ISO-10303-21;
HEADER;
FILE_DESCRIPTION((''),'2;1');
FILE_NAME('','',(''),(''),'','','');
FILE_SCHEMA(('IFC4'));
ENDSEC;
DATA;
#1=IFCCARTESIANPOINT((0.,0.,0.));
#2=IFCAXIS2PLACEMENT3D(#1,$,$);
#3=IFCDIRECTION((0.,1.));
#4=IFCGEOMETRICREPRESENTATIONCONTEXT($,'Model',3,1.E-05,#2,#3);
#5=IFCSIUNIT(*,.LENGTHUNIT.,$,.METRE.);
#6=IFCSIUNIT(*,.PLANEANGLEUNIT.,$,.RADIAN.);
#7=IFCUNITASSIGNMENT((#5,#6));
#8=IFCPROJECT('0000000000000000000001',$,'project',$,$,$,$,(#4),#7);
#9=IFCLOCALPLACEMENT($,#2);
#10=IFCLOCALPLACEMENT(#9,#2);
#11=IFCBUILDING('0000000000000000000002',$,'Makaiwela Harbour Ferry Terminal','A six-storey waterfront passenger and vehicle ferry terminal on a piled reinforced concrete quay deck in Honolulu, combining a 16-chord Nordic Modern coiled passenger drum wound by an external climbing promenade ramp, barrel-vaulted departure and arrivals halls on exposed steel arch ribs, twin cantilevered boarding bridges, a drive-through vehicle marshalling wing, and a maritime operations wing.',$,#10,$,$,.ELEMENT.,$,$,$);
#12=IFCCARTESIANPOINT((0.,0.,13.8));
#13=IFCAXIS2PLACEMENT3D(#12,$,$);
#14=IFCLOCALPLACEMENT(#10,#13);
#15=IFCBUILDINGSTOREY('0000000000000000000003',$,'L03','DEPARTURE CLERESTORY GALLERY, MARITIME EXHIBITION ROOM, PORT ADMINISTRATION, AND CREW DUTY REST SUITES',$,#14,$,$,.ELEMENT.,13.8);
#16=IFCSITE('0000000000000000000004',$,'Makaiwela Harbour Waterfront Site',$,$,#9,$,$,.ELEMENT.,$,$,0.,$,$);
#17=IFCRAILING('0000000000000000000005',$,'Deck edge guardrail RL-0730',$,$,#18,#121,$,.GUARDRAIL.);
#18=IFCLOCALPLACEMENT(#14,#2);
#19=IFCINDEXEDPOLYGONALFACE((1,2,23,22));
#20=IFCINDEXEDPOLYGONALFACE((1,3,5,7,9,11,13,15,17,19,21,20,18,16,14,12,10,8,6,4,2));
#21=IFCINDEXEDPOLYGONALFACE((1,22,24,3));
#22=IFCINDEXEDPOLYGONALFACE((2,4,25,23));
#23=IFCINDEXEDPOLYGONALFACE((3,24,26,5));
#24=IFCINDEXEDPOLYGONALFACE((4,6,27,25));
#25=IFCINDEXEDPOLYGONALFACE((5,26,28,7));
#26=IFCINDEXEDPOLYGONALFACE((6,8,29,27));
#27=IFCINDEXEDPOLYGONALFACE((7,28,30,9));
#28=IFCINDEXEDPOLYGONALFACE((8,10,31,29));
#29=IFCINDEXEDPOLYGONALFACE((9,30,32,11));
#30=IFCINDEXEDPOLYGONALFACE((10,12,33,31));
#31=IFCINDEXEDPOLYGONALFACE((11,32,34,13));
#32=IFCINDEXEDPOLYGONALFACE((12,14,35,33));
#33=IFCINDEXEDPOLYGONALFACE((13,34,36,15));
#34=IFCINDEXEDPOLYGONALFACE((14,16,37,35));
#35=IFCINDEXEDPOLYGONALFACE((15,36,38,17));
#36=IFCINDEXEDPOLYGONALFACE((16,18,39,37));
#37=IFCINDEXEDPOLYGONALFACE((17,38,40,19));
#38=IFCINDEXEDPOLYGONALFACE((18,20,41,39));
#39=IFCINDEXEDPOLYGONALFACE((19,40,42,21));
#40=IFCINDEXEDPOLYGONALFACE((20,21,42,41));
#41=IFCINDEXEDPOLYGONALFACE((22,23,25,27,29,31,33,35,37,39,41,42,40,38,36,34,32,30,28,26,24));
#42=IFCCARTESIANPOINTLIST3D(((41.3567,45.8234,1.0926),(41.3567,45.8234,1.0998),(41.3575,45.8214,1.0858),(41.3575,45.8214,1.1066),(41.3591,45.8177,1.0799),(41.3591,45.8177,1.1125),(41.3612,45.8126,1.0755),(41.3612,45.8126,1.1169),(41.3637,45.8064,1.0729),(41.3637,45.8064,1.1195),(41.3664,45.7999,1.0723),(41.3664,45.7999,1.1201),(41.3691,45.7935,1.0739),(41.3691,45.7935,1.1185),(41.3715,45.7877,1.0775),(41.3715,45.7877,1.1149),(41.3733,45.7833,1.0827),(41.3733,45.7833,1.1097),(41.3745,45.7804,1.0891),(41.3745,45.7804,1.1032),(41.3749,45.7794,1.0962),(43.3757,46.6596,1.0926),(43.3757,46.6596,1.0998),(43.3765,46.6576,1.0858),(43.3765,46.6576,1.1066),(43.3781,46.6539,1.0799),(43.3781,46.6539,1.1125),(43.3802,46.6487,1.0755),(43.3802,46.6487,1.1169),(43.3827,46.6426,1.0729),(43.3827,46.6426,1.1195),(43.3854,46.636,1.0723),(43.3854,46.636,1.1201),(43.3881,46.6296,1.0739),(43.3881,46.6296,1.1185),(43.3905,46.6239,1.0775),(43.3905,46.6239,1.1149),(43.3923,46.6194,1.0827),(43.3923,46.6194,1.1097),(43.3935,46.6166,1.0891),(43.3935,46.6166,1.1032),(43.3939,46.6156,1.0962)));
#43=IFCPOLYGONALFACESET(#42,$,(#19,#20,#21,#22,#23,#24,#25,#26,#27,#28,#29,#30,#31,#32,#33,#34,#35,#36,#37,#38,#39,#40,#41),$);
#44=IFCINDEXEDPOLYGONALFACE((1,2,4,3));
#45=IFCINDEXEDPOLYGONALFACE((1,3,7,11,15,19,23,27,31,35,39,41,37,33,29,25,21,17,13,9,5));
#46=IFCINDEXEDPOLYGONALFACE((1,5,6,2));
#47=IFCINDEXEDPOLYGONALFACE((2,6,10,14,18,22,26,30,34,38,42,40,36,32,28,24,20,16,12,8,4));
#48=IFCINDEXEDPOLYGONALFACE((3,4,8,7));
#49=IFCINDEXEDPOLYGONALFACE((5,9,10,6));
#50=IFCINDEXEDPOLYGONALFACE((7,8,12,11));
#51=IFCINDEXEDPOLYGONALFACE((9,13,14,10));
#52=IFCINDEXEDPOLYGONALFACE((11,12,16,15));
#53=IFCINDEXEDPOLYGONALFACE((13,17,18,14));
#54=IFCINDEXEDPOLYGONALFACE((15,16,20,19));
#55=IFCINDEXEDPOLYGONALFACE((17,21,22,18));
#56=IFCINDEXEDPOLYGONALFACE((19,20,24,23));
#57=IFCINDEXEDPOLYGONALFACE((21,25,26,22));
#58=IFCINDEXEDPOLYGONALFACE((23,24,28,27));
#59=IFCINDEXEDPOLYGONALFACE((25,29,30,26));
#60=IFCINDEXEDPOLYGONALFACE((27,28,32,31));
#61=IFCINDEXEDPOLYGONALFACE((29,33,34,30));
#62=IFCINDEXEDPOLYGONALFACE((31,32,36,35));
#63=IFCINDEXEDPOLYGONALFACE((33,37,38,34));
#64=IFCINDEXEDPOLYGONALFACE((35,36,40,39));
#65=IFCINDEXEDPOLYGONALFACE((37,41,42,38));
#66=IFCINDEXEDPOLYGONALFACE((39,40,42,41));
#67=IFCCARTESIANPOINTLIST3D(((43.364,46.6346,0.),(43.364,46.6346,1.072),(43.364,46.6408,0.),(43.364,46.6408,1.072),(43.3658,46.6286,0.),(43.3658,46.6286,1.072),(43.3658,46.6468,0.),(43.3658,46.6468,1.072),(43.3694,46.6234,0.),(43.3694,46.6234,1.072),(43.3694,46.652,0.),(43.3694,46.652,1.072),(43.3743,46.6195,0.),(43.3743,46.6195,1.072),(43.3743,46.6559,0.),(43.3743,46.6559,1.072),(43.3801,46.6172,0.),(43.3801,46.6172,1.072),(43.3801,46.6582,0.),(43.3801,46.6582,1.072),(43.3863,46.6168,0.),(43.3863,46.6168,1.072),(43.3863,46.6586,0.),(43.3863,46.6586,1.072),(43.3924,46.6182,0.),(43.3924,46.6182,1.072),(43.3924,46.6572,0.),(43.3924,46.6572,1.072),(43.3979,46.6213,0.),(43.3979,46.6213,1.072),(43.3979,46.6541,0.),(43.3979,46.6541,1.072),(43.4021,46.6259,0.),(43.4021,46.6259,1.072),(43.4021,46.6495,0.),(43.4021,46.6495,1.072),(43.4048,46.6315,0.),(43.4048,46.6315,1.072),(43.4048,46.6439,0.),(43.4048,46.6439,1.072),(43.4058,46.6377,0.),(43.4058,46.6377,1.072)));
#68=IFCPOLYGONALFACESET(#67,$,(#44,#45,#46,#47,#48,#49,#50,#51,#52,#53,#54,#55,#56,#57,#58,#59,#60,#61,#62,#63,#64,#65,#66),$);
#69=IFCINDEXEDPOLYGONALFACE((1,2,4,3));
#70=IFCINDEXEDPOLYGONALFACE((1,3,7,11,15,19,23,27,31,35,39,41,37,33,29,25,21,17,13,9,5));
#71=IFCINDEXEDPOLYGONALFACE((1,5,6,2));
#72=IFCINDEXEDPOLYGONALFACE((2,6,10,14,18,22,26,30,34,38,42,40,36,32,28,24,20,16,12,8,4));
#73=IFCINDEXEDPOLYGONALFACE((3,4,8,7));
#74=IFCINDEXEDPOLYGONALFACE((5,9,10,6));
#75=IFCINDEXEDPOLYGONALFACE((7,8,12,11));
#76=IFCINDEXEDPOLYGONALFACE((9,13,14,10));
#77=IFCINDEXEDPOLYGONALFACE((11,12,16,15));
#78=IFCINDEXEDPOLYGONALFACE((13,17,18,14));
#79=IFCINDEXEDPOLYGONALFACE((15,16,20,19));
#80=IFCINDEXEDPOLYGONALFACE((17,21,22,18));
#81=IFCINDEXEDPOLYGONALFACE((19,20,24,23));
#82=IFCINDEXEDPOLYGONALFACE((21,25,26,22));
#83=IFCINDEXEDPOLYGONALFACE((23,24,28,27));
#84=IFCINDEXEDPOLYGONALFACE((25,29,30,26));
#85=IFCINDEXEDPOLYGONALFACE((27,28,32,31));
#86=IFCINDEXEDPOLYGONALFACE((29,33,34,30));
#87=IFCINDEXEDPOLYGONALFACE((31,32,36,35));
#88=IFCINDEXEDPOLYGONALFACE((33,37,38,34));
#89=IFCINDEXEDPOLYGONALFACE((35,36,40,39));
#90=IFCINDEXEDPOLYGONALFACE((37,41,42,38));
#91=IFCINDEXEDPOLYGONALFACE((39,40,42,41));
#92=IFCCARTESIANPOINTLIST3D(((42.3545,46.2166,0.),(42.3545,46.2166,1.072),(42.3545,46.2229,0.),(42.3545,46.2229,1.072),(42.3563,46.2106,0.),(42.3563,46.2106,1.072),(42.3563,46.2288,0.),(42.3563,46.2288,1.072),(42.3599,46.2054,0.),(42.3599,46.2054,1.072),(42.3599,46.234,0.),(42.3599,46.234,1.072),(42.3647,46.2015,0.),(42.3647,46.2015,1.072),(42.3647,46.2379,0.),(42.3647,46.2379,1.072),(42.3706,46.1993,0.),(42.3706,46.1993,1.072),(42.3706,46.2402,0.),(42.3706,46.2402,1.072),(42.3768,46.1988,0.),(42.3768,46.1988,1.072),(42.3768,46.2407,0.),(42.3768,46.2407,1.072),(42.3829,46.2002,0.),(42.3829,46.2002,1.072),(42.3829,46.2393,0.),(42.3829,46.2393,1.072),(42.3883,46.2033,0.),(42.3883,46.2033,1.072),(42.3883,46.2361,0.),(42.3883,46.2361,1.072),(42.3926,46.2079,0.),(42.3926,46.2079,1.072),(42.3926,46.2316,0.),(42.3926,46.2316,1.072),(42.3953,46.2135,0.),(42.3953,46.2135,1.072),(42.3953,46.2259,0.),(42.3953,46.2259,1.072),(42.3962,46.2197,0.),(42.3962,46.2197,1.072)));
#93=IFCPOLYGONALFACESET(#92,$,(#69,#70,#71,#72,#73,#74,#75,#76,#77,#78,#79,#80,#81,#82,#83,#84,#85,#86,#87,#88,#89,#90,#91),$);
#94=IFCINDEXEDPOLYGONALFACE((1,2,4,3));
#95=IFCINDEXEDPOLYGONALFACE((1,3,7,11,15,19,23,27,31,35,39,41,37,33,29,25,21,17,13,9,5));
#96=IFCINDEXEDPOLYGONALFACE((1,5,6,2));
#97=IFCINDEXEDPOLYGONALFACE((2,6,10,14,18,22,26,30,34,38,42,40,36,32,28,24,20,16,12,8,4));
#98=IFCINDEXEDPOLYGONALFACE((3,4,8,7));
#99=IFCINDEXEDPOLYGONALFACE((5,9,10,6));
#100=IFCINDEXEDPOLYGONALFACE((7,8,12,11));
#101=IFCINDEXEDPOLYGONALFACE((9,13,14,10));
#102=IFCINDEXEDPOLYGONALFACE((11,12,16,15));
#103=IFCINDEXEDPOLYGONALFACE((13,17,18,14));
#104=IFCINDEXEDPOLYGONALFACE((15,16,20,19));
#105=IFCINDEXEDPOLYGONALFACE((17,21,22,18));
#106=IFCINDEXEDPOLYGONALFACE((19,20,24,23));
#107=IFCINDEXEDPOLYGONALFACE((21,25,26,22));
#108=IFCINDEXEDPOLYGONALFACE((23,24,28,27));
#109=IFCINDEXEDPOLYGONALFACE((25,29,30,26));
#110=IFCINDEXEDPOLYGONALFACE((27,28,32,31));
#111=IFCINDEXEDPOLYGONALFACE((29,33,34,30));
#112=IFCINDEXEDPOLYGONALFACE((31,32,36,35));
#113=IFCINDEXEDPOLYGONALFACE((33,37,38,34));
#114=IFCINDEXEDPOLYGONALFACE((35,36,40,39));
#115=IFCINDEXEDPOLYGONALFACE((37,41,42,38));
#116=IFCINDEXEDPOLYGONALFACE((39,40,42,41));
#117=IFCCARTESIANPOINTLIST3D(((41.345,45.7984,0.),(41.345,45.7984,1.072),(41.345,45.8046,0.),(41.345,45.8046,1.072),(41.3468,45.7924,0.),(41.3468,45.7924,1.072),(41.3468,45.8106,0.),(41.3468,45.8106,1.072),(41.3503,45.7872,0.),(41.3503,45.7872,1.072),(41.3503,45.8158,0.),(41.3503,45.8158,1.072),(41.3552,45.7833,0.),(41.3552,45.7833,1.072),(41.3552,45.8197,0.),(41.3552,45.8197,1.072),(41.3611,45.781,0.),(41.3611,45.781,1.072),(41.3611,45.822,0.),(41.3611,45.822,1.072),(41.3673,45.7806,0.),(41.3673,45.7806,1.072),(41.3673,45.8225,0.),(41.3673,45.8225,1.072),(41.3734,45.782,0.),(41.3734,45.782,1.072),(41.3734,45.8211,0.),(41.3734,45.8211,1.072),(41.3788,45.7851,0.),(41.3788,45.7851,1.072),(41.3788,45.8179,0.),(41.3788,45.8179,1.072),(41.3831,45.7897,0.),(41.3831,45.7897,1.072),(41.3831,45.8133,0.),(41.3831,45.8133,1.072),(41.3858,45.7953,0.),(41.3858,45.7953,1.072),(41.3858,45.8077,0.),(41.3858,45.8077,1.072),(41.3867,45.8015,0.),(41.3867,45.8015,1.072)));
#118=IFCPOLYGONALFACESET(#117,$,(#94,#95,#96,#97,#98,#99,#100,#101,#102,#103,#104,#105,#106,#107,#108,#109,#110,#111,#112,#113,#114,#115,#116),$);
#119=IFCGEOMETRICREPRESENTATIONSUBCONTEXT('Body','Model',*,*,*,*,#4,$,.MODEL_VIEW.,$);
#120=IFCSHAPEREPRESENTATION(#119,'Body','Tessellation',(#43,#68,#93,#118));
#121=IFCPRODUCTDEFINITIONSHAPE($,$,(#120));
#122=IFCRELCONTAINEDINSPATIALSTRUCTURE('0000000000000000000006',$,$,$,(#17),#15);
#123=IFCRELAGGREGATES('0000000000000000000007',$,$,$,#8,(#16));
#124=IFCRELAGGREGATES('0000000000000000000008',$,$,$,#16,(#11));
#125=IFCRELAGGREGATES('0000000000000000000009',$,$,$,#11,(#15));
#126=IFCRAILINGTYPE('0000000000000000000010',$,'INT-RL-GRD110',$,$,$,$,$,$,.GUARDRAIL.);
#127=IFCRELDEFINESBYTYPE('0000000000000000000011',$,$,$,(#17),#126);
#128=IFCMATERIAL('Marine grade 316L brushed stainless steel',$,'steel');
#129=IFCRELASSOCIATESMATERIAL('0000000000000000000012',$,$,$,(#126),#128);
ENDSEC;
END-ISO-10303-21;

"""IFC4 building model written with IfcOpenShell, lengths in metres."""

from ifc_helpers import new_model, si_unit, direction, frame, origin, origin_2d, place, context, subcontext, project, spatial, circle, extrude, material, type_object, element, save


model = new_model("IFC4")

# Units and contexts
model_context = context("Model", 3, precision=1e-05, world=origin(), true_north=direction((0.0, 1.0)))
body_context = subcontext(model_context, "Body", "Model", "MODEL_VIEW")
ifc_project = project(units=[si_unit("LENGTHUNIT", "METRE"), si_unit("PLANEANGLEUNIT", "RADIAN")], contexts=[model_context])

# Site, building, storey
site_placement = place(None, origin())
site = spatial("IfcSite", under=ifc_project, at=site_placement, Name="Makaiwela Harbour Waterfront Site", CompositionType="ELEMENT", RefElevation=0.0)
building_placement = place(site_placement, origin())
building = spatial("IfcBuilding", under=site, at=building_placement, Name="Makaiwela Harbour Ferry Terminal", Description="A six-storey waterfront passenger and vehicle ferry terminal on a piled reinforced concrete quay deck in Honolulu, combining a 16-chord Nordic Modern coiled passenger drum wound by an external climbing promenade ramp, barrel-vaulted departure and arrivals halls on exposed steel arch ribs, twin cantilevered boarding bridges, a drive-through vehicle marshalling wing, and a maritime operations wing.", CompositionType="ELEMENT")
storey_placement = place(building_placement, frame((0.0, 0.0, 13.8)))
storey = spatial("IfcBuildingStorey", under=building, at=storey_placement, Name="L03", Description="DEPARTURE CLERESTORY GALLERY, MARITIME EXHIBITION ROOM, PORT ADMINISTRATION, AND CREW DUTY REST SUITES", CompositionType="ELEMENT", Elevation=13.8)

# Railing
ifc_material_1 = material(Name="Marine grade 316L brushed stainless steel", Category="steel")
railing_type = type_object("IfcRailingType", Name="INT-RL-GRD110", PredefinedType="GUARDRAIL", material=ifc_material_1)
railing_1_placement = place(storey_placement, frame((43.3848, 46.6377, 0.0)))
element("IfcRailing", 1, at=railing_1_placement, inside=storey, type_object=railing_type, Name="Deck edge guardrail RL-0730", PredefinedType="GUARDRAIL", context=body_context, shape_type="SweptSolid", body=[
    extrude(circle(Radius=0.0239, at=origin_2d()), frame((0.0, 0.0, 1.0962), z_axis=(-0.923901, -0.382631, 0.0), x_axis=(0.382631, -0.923901, 0.0)), (0.0, 0.0, 1.0), 2.1853),
    extrude(circle(Radius=0.021, at=origin_2d()), origin(), (0.0, 0.0, 1.0), 1.072),
    extrude(circle(Radius=0.021, at=origin_2d()), frame((-1.0095, -0.418, 0.0)), (0.0, 0.0, 1.0), 1.072),
    extrude(circle(Radius=0.021, at=origin_2d()), frame((-2.019, -0.8362, 0.0)), (0.0, 0.0, 1.0), 1.072),
])

save(model, "model.ifc")
